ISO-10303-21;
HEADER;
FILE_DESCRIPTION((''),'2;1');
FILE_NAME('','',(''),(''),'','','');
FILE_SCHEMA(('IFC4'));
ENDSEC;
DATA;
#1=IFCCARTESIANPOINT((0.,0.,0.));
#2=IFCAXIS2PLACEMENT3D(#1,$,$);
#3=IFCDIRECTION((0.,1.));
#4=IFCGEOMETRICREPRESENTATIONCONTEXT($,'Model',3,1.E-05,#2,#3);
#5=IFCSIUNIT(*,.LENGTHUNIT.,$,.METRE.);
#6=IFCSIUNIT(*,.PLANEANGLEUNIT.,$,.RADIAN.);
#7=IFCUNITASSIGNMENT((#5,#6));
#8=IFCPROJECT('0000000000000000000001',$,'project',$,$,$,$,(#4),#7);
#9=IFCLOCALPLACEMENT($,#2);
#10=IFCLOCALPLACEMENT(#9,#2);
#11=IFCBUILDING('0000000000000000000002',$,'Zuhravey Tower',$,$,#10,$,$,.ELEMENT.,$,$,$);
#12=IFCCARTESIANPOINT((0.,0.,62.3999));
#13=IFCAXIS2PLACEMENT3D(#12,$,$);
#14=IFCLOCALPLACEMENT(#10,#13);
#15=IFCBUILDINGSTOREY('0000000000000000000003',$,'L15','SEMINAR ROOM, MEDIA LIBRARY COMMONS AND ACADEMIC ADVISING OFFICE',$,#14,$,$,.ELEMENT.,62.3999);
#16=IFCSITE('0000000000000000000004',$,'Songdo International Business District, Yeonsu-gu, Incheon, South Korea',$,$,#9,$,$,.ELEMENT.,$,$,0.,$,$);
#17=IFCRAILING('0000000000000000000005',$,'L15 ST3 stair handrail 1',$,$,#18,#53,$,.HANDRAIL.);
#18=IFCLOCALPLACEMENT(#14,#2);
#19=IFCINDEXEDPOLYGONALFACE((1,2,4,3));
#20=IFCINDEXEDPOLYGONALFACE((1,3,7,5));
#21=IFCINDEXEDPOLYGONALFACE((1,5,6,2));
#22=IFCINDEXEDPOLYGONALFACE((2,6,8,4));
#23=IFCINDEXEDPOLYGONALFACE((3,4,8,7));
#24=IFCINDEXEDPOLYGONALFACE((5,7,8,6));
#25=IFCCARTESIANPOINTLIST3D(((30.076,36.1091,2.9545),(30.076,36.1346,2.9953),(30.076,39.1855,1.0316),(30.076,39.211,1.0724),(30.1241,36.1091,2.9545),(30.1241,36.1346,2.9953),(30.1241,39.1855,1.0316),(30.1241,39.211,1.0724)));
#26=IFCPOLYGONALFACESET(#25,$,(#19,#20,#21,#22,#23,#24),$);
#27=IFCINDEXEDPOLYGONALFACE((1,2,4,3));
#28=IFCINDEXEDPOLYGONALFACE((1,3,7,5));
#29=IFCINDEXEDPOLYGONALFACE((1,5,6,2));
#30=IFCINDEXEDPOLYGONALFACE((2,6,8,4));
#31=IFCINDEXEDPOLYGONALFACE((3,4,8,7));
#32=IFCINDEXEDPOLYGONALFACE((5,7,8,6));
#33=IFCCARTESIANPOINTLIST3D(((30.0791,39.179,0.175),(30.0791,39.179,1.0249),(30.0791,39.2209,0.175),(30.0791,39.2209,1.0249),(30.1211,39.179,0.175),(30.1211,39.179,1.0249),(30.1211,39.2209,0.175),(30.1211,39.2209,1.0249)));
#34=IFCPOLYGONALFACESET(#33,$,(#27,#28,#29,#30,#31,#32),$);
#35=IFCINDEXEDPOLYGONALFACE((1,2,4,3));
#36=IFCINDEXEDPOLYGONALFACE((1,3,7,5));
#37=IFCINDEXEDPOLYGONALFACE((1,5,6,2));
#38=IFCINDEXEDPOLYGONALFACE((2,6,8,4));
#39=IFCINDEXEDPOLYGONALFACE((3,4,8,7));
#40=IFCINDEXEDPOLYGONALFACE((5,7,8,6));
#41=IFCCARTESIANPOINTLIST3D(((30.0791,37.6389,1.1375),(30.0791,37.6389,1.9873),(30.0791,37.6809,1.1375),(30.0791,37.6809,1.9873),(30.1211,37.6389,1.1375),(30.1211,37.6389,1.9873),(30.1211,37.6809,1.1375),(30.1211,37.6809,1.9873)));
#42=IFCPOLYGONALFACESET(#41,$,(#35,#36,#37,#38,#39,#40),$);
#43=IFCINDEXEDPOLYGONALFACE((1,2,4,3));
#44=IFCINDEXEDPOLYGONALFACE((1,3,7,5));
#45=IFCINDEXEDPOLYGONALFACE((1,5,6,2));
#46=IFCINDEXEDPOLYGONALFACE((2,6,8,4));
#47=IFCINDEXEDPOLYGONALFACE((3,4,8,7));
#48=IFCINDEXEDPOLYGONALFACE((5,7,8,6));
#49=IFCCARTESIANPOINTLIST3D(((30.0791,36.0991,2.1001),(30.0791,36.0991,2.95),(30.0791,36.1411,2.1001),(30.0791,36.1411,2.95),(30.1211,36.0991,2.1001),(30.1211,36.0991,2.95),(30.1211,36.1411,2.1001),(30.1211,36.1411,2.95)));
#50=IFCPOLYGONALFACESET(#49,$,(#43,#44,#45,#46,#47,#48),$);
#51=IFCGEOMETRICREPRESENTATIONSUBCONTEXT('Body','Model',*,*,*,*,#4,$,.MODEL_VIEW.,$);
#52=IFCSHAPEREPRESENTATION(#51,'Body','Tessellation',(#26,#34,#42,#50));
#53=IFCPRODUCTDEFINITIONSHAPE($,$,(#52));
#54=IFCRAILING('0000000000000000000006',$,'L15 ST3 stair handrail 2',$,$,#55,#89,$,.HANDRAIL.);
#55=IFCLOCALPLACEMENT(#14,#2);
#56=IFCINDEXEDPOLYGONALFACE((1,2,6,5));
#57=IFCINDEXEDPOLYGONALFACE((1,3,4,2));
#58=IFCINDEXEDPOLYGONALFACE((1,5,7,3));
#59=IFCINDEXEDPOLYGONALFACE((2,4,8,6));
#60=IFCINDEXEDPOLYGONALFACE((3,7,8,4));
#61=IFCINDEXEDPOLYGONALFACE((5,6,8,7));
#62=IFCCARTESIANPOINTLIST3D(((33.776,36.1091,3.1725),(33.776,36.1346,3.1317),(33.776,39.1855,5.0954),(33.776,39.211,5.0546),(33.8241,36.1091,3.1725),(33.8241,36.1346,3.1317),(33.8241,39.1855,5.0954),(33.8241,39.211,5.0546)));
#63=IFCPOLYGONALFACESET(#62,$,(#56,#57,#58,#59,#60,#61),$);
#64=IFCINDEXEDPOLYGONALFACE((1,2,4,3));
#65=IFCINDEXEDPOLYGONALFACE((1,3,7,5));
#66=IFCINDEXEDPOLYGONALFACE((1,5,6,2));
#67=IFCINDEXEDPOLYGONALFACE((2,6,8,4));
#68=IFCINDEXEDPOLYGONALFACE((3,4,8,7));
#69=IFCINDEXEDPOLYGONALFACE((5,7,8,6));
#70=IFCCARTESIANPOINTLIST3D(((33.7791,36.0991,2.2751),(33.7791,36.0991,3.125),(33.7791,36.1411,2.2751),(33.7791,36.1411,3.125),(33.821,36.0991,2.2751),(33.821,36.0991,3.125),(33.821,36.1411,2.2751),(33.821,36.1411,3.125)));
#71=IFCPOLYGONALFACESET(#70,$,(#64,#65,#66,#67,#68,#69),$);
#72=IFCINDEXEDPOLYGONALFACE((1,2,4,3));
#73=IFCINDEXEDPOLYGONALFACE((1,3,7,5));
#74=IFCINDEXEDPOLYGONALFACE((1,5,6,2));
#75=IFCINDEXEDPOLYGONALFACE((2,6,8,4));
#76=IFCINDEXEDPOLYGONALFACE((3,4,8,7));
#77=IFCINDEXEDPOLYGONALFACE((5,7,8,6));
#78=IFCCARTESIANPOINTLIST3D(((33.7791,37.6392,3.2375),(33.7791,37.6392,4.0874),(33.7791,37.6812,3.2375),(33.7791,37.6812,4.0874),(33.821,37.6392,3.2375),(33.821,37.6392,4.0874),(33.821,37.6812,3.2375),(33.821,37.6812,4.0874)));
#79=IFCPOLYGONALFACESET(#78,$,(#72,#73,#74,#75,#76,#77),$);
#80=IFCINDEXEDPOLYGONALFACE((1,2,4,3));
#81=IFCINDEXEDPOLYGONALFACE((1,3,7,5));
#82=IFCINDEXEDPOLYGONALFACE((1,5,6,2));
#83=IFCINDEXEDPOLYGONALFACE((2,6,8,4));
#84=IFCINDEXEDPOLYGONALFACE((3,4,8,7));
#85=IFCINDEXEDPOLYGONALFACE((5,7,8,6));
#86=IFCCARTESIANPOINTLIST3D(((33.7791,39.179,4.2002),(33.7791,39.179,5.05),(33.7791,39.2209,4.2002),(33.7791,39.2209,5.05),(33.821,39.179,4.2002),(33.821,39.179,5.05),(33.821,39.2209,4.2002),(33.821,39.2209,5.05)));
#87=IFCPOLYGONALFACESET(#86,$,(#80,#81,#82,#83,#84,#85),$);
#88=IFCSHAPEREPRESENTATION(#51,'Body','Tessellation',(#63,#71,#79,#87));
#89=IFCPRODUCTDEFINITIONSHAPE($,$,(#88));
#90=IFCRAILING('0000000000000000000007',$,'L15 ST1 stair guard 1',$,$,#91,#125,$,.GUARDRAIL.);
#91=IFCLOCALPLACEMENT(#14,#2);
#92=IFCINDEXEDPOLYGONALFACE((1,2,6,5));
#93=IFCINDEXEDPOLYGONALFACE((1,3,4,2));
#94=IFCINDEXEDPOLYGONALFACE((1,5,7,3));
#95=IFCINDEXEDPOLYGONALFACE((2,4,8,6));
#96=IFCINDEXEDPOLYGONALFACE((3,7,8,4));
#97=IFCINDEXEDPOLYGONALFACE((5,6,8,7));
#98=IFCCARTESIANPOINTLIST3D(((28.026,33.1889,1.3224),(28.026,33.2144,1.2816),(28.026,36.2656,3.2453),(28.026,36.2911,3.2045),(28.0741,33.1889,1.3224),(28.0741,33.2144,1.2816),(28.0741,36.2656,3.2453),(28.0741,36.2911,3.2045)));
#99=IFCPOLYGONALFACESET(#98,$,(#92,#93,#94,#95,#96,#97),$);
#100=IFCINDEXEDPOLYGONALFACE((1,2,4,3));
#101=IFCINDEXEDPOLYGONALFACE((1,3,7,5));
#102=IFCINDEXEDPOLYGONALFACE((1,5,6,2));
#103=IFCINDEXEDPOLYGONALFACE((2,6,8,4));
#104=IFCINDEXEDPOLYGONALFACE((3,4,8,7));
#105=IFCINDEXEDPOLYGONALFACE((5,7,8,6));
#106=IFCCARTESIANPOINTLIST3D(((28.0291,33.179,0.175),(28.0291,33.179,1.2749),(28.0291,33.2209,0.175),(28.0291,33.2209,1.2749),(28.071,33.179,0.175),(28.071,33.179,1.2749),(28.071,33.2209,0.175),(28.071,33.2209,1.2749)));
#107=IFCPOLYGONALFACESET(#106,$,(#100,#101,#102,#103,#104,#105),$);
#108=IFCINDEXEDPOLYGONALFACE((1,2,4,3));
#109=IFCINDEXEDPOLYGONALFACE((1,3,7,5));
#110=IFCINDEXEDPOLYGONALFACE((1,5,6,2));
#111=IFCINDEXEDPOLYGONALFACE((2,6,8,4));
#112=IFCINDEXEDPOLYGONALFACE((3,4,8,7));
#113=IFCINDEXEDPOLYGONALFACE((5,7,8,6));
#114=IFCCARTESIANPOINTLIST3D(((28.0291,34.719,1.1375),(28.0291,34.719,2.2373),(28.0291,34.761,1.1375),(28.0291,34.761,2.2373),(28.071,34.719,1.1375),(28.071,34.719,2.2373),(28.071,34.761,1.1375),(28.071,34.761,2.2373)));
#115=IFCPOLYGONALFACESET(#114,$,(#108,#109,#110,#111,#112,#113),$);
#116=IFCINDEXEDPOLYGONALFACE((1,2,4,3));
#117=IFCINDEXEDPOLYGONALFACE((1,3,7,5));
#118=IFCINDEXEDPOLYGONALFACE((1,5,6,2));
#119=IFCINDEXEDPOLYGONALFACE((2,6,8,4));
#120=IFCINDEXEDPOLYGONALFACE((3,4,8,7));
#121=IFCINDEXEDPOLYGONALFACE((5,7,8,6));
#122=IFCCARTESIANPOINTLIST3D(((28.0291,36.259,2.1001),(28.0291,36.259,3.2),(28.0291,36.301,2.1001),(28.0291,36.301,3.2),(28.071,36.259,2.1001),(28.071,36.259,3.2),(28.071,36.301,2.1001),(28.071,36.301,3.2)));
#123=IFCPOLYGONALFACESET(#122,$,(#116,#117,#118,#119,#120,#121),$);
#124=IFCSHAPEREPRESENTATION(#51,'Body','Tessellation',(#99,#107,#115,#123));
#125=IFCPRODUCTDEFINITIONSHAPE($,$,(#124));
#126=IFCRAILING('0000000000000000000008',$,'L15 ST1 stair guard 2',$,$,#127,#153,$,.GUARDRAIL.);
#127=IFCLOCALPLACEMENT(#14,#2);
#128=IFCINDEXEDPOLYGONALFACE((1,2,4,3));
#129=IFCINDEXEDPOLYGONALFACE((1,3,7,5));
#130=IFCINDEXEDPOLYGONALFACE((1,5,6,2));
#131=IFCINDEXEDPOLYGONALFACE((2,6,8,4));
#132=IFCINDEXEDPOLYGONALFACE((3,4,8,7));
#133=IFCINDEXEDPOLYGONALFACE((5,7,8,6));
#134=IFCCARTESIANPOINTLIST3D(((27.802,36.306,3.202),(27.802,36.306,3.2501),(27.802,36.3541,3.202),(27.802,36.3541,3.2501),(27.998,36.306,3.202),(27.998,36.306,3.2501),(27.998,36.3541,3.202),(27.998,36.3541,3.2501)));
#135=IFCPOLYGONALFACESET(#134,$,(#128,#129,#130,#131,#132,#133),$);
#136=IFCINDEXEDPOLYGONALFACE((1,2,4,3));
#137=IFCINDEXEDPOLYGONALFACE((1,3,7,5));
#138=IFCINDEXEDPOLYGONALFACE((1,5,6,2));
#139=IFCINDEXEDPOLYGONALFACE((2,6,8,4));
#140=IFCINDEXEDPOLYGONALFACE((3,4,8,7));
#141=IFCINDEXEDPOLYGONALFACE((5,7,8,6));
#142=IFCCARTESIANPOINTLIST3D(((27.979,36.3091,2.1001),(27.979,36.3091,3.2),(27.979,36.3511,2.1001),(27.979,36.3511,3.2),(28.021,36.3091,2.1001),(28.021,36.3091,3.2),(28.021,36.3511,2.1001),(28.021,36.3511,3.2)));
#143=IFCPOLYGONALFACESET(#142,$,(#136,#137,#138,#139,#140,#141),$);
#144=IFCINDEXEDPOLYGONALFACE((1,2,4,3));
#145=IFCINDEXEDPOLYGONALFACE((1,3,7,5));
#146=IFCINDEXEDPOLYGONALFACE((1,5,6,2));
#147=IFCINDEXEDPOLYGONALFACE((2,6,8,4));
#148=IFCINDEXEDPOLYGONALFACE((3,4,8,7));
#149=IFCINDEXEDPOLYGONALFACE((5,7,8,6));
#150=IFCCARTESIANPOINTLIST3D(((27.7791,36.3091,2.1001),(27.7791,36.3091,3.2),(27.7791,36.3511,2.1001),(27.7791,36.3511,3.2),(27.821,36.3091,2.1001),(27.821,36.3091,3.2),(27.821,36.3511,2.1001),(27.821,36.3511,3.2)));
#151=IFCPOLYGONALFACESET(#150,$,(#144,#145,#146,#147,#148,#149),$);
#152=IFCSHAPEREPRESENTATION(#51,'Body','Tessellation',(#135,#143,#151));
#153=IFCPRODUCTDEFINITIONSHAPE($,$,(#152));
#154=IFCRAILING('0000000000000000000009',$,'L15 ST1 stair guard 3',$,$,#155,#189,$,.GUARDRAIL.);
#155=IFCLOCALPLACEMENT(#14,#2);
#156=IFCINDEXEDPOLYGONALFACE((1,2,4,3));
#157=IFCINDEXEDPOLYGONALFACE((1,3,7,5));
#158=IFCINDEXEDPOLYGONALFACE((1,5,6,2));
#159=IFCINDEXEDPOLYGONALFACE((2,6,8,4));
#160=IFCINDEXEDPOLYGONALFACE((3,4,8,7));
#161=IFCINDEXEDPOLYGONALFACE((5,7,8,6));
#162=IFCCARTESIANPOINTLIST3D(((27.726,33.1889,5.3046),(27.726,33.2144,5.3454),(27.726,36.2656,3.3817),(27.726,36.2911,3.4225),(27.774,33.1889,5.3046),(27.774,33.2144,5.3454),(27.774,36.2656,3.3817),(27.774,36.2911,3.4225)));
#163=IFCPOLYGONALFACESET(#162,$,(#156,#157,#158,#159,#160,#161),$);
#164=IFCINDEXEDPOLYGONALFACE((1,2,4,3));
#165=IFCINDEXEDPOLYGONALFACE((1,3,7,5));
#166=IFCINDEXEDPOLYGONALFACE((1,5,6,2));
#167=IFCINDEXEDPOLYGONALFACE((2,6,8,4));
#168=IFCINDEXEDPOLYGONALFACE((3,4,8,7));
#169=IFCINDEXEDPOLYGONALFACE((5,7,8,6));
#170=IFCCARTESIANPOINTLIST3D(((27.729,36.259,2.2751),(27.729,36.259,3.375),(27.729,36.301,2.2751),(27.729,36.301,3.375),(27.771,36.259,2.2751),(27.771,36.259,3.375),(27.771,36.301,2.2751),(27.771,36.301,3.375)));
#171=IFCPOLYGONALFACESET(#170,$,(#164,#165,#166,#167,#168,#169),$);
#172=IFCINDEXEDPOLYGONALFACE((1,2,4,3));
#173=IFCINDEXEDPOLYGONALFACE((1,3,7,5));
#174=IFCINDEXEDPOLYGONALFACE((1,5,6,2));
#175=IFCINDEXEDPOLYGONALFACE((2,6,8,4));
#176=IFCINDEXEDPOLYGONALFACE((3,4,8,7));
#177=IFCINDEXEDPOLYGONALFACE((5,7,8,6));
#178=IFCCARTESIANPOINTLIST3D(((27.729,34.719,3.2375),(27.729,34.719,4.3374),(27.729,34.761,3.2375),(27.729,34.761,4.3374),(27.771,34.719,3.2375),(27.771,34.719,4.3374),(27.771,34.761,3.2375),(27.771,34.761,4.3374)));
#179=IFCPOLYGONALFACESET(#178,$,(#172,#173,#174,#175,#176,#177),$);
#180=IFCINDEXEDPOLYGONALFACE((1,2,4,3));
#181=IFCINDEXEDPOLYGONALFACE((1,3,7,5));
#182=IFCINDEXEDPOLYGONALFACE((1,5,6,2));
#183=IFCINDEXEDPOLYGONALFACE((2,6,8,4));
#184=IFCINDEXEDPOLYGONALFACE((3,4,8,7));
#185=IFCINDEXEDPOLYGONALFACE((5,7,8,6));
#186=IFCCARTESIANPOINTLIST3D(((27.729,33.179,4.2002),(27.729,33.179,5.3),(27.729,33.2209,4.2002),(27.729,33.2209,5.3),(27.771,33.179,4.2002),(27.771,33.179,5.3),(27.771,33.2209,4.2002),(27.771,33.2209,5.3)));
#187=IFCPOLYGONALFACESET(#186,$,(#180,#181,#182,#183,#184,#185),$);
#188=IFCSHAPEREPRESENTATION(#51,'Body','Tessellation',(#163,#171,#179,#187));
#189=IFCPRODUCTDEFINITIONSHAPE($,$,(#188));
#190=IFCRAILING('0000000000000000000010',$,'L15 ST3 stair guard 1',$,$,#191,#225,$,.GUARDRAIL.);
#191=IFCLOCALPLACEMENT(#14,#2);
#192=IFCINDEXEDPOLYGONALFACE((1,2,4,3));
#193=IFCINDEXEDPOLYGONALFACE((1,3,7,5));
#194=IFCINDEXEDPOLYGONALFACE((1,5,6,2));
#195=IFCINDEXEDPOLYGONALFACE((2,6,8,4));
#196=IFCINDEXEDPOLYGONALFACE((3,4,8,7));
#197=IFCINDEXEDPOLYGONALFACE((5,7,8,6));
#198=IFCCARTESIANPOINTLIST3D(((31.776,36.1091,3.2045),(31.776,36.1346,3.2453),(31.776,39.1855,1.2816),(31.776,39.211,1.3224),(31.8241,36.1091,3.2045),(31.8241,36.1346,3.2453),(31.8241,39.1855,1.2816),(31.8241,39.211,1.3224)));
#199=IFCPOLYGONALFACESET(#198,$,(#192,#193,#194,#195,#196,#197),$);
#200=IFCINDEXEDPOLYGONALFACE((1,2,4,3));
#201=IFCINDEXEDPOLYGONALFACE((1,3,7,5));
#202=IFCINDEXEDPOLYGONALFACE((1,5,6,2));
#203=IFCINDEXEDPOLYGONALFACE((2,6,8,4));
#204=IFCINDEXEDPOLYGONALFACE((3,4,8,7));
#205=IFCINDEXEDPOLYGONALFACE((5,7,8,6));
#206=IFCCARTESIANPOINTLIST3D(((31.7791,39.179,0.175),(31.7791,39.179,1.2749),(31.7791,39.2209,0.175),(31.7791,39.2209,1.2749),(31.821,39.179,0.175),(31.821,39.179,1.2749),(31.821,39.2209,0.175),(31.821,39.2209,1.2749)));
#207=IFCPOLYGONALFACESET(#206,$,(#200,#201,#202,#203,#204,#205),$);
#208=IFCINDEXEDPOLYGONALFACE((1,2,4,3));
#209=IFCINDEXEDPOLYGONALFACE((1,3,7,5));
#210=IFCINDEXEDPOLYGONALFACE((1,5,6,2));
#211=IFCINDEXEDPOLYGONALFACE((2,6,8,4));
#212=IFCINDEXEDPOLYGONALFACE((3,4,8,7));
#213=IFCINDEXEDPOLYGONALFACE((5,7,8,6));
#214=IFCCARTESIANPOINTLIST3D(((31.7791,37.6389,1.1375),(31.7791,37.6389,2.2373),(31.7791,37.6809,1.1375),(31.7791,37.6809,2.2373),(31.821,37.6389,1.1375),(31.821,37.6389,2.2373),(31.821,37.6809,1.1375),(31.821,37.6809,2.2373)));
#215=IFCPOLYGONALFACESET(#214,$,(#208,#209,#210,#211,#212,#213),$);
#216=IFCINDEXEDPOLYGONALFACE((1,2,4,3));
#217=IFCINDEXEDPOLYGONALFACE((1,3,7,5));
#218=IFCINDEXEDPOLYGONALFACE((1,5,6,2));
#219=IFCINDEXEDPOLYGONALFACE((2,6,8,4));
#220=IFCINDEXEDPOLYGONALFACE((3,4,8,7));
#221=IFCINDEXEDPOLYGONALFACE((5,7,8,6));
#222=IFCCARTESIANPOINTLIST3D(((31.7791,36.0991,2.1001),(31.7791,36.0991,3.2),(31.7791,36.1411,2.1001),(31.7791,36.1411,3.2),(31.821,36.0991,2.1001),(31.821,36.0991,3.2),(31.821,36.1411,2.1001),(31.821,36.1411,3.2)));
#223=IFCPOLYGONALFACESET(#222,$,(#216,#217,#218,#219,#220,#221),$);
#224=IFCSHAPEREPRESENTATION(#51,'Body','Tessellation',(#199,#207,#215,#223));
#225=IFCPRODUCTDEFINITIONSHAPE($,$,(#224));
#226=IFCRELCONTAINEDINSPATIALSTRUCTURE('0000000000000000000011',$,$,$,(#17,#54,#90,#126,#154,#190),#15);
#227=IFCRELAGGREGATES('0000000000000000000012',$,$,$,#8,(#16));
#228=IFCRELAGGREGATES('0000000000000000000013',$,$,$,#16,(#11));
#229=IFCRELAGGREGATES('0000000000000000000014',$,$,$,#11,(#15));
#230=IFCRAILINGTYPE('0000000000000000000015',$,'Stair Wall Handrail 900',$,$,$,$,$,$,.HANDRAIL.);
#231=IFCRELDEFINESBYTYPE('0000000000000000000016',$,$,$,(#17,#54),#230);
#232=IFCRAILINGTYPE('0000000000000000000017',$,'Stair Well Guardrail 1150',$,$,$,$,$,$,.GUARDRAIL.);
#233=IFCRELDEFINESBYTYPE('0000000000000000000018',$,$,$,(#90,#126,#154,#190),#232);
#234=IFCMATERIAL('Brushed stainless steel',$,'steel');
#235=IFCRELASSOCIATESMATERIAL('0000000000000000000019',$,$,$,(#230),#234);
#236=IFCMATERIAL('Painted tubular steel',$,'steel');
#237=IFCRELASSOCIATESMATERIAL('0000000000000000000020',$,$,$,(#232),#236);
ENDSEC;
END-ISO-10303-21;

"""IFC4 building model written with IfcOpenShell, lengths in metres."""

from ifc_helpers import new_model, si_unit, direction, frame, origin, origin_2d, place, context, subcontext, project, spatial, rectangle, extrude, material, type_object, element, save


model = new_model("IFC4")

# Units and contexts
model_context = context("Model", 3, precision=1e-05, world=origin(), true_north=direction((0.0, 1.0)))
body_context = subcontext(model_context, "Body", "Model", "MODEL_VIEW")
ifc_project = project(units=[si_unit("LENGTHUNIT", "METRE"), si_unit("PLANEANGLEUNIT", "RADIAN")], contexts=[model_context])

# Site, building, storey
site_placement = place(None, origin())
site = spatial("IfcSite", under=ifc_project, at=site_placement, Name="Songdo International Business District, Yeonsu-gu, Incheon, South Korea", CompositionType="ELEMENT", RefElevation=0.0)
building_placement = place(site_placement, origin())
building = spatial("IfcBuilding", under=site, at=building_placement, Name="Zuhravey Tower", CompositionType="ELEMENT")
storey_placement = place(building_placement, frame((0.0, 0.0, 62.3999)))
storey = spatial("IfcBuildingStorey", under=building, at=storey_placement, Name="L15", Description="SEMINAR ROOM, MEDIA LIBRARY COMMONS AND ACADEMIC ADVISING OFFICE", CompositionType="ELEMENT", Elevation=62.3999)

# Railings
ifc_material_1 = material(Name="Brushed stainless steel", Category="steel")
railing_type_1 = type_object("IfcRailingType", Name="Stair Wall Handrail 900", PredefinedType="HANDRAIL", material=ifc_material_1)
railing_1_placement = place(storey_placement, frame((30.1001, 39.2, 0.175)))
element("IfcRailing", 1, at=railing_1_placement, inside=storey, type_object=railing_type_1, Name="L15 ST3 stair handrail 1", PredefinedType="HANDRAIL", context=body_context, shape_type="SweptSolid", body=[
    extrude(rectangle(XDim=0.0481, YDim=0.0481, at=origin_2d()), frame((0.0, -0.0017, 0.877), z_axis=(0.0, -0.847979, 0.530029), x_axis=(1.0, 0.0, 0.0)), (0.0, 0.0, 1.0), 3.6279),
    extrude(rectangle(XDim=0.042, YDim=0.042, at=origin_2d()), origin(), (0.0, 0.0, 1.0), 0.8499),
    extrude(rectangle(XDim=0.042, YDim=0.042, at=origin_2d()), frame((0.0, -1.54, 0.9624)), (0.0, 0.0, 1.0), 0.8499),
    extrude(rectangle(XDim=0.042, YDim=0.042, at=origin_2d()), frame((0.0, -3.0798, 1.925)), (0.0, 0.0, 1.0), 0.8499),
])
railing_2_placement = place(storey_placement, frame((33.8, 36.1201, 2.2751)))
element("IfcRailing", 2, at=railing_2_placement, inside=storey, type_object=railing_type_1, Name="L15 ST3 stair handrail 2", PredefinedType="HANDRAIL", context=body_context, shape_type="SweptSolid", body=[
    extrude(rectangle(XDim=0.0481, YDim=0.0481, at=origin_2d()), frame((0.0, 0.0017, 0.877), z_axis=(0.0, 0.847979, 0.530029), x_axis=(-1.0, 0.0, 0.0)), (0.0, 0.0, 1.0), 3.6279),
    extrude(rectangle(XDim=0.042, YDim=0.042, at=origin_2d()), origin(), (0.0, 0.0, 1.0), 0.8499),
    extrude(rectangle(XDim=0.042, YDim=0.042, at=origin_2d()), frame((0.0, 1.54, 0.9624)), (0.0, 0.0, 1.0), 0.8499),
    extrude(rectangle(XDim=0.042, YDim=0.042, at=origin_2d()), frame((0.0, 3.0798, 1.925)), (0.0, 0.0, 1.0), 0.8499),
])
ifc_material_2 = material(Name="Painted tubular steel", Category="steel")
railing_type_2 = type_object("IfcRailingType", Name="Stair Well Guardrail 1150", PredefinedType="GUARDRAIL", material=ifc_material_2)
railing_3_placement = place(storey_placement, frame((28.05, 33.2, 0.175)))
element("IfcRailing", 3, at=railing_3_placement, inside=storey, type_object=railing_type_2, Name="L15 ST1 stair guard 1", PredefinedType="GUARDRAIL", context=body_context, shape_type="SweptSolid", body=[
    extrude(rectangle(XDim=0.0481, YDim=0.0481, at=origin_2d()), frame((0.0, 0.0017, 1.127), z_axis=(0.0, 0.847998, 0.529999), x_axis=(-1.0, 0.0, 0.0)), (0.0, 0.0, 1.0), 3.6282),
    extrude(rectangle(XDim=0.042, YDim=0.042, at=origin_2d()), origin(), (0.0, 0.0, 1.0), 1.0999),
    extrude(rectangle(XDim=0.042, YDim=0.042, at=origin_2d()), frame((0.0, 1.54, 0.9624)), (0.0, 0.0, 1.0), 1.0999),
    extrude(rectangle(XDim=0.042, YDim=0.042, at=origin_2d()), frame((0.0, 3.0801, 1.925)), (0.0, 0.0, 1.0), 1.0999),
])
railing_4_placement = place(storey_placement, frame((28.0, 36.3301, 2.1001)))
element("IfcRailing", 4, at=railing_4_placement, inside=storey, type_object=railing_type_2, Name="L15 ST1 stair guard 2", PredefinedType="GUARDRAIL", context=body_context, shape_type="SweptSolid", body=[
    extrude(rectangle(XDim=0.0481, YDim=0.0481, at=origin_2d()), frame((-0.002, 0.0, 1.126), z_axis=(-1.0, 0.0, 0.0), x_axis=(0.0, -1.0, 0.0)), (0.0, 0.0, 1.0), 0.196),
    extrude(rectangle(XDim=0.042, YDim=0.042, at=origin_2d()), origin(), (0.0, 0.0, 1.0), 1.0999),
    extrude(rectangle(XDim=0.042, YDim=0.042, at=origin_2d()), frame((-0.2, 0.0, 0.0)), (0.0, 0.0, 1.0), 1.0999),
])
railing_5_placement = place(storey_placement, frame((27.75, 36.28, 2.2751)))
element("IfcRailing", 5, at=railing_5_placement, inside=storey, type_object=railing_type_2, Name="L15 ST1 stair guard 3", PredefinedType="GUARDRAIL", context=body_context, shape_type="SweptSolid", body=[
    extrude(rectangle(XDim=0.0481, YDim=0.0481, at=origin_2d()), frame((0.0, -0.0017, 1.127), z_axis=(0.0, -0.847998, 0.529999), x_axis=(1.0, 0.0, 0.0)), (0.0, 0.0, 1.0), 3.6282),
    extrude(rectangle(XDim=0.042, YDim=0.042, at=origin_2d()), origin(), (0.0, 0.0, 1.0), 1.0999),
    extrude(rectangle(XDim=0.042, YDim=0.042, at=origin_2d()), frame((0.0, -1.54, 0.9624)), (0.0, 0.0, 1.0), 1.0999),
    extrude(rectangle(XDim=0.042, YDim=0.042, at=origin_2d()), frame((0.0, -3.0801, 1.925)), (0.0, 0.0, 1.0), 1.0999),
])
railing_6_placement = place(storey_placement, frame((31.8, 39.2, 0.175)))
element("IfcRailing", 6, at=railing_6_placement, inside=storey, type_object=railing_type_2, Name="L15 ST3 stair guard 1", PredefinedType="GUARDRAIL", context=body_context, shape_type="SweptSolid", body=[
    extrude(rectangle(XDim=0.0481, YDim=0.0481, at=origin_2d()), frame((0.0, -0.0017, 1.127), z_axis=(0.0, -0.847979, 0.530029), x_axis=(1.0, 0.0, 0.0)), (0.0, 0.0, 1.0), 3.6279),
    extrude(rectangle(XDim=0.042, YDim=0.042, at=origin_2d()), origin(), (0.0, 0.0, 1.0), 1.0999),
    extrude(rectangle(XDim=0.042, YDim=0.042, at=origin_2d()), frame((0.0, -1.54, 0.9624)), (0.0, 0.0, 1.0), 1.0999),
    extrude(rectangle(XDim=0.042, YDim=0.042, at=origin_2d()), frame((0.0, -3.0798, 1.925)), (0.0, 0.0, 1.0), 1.0999),
])

save(model, "model.ifc")
